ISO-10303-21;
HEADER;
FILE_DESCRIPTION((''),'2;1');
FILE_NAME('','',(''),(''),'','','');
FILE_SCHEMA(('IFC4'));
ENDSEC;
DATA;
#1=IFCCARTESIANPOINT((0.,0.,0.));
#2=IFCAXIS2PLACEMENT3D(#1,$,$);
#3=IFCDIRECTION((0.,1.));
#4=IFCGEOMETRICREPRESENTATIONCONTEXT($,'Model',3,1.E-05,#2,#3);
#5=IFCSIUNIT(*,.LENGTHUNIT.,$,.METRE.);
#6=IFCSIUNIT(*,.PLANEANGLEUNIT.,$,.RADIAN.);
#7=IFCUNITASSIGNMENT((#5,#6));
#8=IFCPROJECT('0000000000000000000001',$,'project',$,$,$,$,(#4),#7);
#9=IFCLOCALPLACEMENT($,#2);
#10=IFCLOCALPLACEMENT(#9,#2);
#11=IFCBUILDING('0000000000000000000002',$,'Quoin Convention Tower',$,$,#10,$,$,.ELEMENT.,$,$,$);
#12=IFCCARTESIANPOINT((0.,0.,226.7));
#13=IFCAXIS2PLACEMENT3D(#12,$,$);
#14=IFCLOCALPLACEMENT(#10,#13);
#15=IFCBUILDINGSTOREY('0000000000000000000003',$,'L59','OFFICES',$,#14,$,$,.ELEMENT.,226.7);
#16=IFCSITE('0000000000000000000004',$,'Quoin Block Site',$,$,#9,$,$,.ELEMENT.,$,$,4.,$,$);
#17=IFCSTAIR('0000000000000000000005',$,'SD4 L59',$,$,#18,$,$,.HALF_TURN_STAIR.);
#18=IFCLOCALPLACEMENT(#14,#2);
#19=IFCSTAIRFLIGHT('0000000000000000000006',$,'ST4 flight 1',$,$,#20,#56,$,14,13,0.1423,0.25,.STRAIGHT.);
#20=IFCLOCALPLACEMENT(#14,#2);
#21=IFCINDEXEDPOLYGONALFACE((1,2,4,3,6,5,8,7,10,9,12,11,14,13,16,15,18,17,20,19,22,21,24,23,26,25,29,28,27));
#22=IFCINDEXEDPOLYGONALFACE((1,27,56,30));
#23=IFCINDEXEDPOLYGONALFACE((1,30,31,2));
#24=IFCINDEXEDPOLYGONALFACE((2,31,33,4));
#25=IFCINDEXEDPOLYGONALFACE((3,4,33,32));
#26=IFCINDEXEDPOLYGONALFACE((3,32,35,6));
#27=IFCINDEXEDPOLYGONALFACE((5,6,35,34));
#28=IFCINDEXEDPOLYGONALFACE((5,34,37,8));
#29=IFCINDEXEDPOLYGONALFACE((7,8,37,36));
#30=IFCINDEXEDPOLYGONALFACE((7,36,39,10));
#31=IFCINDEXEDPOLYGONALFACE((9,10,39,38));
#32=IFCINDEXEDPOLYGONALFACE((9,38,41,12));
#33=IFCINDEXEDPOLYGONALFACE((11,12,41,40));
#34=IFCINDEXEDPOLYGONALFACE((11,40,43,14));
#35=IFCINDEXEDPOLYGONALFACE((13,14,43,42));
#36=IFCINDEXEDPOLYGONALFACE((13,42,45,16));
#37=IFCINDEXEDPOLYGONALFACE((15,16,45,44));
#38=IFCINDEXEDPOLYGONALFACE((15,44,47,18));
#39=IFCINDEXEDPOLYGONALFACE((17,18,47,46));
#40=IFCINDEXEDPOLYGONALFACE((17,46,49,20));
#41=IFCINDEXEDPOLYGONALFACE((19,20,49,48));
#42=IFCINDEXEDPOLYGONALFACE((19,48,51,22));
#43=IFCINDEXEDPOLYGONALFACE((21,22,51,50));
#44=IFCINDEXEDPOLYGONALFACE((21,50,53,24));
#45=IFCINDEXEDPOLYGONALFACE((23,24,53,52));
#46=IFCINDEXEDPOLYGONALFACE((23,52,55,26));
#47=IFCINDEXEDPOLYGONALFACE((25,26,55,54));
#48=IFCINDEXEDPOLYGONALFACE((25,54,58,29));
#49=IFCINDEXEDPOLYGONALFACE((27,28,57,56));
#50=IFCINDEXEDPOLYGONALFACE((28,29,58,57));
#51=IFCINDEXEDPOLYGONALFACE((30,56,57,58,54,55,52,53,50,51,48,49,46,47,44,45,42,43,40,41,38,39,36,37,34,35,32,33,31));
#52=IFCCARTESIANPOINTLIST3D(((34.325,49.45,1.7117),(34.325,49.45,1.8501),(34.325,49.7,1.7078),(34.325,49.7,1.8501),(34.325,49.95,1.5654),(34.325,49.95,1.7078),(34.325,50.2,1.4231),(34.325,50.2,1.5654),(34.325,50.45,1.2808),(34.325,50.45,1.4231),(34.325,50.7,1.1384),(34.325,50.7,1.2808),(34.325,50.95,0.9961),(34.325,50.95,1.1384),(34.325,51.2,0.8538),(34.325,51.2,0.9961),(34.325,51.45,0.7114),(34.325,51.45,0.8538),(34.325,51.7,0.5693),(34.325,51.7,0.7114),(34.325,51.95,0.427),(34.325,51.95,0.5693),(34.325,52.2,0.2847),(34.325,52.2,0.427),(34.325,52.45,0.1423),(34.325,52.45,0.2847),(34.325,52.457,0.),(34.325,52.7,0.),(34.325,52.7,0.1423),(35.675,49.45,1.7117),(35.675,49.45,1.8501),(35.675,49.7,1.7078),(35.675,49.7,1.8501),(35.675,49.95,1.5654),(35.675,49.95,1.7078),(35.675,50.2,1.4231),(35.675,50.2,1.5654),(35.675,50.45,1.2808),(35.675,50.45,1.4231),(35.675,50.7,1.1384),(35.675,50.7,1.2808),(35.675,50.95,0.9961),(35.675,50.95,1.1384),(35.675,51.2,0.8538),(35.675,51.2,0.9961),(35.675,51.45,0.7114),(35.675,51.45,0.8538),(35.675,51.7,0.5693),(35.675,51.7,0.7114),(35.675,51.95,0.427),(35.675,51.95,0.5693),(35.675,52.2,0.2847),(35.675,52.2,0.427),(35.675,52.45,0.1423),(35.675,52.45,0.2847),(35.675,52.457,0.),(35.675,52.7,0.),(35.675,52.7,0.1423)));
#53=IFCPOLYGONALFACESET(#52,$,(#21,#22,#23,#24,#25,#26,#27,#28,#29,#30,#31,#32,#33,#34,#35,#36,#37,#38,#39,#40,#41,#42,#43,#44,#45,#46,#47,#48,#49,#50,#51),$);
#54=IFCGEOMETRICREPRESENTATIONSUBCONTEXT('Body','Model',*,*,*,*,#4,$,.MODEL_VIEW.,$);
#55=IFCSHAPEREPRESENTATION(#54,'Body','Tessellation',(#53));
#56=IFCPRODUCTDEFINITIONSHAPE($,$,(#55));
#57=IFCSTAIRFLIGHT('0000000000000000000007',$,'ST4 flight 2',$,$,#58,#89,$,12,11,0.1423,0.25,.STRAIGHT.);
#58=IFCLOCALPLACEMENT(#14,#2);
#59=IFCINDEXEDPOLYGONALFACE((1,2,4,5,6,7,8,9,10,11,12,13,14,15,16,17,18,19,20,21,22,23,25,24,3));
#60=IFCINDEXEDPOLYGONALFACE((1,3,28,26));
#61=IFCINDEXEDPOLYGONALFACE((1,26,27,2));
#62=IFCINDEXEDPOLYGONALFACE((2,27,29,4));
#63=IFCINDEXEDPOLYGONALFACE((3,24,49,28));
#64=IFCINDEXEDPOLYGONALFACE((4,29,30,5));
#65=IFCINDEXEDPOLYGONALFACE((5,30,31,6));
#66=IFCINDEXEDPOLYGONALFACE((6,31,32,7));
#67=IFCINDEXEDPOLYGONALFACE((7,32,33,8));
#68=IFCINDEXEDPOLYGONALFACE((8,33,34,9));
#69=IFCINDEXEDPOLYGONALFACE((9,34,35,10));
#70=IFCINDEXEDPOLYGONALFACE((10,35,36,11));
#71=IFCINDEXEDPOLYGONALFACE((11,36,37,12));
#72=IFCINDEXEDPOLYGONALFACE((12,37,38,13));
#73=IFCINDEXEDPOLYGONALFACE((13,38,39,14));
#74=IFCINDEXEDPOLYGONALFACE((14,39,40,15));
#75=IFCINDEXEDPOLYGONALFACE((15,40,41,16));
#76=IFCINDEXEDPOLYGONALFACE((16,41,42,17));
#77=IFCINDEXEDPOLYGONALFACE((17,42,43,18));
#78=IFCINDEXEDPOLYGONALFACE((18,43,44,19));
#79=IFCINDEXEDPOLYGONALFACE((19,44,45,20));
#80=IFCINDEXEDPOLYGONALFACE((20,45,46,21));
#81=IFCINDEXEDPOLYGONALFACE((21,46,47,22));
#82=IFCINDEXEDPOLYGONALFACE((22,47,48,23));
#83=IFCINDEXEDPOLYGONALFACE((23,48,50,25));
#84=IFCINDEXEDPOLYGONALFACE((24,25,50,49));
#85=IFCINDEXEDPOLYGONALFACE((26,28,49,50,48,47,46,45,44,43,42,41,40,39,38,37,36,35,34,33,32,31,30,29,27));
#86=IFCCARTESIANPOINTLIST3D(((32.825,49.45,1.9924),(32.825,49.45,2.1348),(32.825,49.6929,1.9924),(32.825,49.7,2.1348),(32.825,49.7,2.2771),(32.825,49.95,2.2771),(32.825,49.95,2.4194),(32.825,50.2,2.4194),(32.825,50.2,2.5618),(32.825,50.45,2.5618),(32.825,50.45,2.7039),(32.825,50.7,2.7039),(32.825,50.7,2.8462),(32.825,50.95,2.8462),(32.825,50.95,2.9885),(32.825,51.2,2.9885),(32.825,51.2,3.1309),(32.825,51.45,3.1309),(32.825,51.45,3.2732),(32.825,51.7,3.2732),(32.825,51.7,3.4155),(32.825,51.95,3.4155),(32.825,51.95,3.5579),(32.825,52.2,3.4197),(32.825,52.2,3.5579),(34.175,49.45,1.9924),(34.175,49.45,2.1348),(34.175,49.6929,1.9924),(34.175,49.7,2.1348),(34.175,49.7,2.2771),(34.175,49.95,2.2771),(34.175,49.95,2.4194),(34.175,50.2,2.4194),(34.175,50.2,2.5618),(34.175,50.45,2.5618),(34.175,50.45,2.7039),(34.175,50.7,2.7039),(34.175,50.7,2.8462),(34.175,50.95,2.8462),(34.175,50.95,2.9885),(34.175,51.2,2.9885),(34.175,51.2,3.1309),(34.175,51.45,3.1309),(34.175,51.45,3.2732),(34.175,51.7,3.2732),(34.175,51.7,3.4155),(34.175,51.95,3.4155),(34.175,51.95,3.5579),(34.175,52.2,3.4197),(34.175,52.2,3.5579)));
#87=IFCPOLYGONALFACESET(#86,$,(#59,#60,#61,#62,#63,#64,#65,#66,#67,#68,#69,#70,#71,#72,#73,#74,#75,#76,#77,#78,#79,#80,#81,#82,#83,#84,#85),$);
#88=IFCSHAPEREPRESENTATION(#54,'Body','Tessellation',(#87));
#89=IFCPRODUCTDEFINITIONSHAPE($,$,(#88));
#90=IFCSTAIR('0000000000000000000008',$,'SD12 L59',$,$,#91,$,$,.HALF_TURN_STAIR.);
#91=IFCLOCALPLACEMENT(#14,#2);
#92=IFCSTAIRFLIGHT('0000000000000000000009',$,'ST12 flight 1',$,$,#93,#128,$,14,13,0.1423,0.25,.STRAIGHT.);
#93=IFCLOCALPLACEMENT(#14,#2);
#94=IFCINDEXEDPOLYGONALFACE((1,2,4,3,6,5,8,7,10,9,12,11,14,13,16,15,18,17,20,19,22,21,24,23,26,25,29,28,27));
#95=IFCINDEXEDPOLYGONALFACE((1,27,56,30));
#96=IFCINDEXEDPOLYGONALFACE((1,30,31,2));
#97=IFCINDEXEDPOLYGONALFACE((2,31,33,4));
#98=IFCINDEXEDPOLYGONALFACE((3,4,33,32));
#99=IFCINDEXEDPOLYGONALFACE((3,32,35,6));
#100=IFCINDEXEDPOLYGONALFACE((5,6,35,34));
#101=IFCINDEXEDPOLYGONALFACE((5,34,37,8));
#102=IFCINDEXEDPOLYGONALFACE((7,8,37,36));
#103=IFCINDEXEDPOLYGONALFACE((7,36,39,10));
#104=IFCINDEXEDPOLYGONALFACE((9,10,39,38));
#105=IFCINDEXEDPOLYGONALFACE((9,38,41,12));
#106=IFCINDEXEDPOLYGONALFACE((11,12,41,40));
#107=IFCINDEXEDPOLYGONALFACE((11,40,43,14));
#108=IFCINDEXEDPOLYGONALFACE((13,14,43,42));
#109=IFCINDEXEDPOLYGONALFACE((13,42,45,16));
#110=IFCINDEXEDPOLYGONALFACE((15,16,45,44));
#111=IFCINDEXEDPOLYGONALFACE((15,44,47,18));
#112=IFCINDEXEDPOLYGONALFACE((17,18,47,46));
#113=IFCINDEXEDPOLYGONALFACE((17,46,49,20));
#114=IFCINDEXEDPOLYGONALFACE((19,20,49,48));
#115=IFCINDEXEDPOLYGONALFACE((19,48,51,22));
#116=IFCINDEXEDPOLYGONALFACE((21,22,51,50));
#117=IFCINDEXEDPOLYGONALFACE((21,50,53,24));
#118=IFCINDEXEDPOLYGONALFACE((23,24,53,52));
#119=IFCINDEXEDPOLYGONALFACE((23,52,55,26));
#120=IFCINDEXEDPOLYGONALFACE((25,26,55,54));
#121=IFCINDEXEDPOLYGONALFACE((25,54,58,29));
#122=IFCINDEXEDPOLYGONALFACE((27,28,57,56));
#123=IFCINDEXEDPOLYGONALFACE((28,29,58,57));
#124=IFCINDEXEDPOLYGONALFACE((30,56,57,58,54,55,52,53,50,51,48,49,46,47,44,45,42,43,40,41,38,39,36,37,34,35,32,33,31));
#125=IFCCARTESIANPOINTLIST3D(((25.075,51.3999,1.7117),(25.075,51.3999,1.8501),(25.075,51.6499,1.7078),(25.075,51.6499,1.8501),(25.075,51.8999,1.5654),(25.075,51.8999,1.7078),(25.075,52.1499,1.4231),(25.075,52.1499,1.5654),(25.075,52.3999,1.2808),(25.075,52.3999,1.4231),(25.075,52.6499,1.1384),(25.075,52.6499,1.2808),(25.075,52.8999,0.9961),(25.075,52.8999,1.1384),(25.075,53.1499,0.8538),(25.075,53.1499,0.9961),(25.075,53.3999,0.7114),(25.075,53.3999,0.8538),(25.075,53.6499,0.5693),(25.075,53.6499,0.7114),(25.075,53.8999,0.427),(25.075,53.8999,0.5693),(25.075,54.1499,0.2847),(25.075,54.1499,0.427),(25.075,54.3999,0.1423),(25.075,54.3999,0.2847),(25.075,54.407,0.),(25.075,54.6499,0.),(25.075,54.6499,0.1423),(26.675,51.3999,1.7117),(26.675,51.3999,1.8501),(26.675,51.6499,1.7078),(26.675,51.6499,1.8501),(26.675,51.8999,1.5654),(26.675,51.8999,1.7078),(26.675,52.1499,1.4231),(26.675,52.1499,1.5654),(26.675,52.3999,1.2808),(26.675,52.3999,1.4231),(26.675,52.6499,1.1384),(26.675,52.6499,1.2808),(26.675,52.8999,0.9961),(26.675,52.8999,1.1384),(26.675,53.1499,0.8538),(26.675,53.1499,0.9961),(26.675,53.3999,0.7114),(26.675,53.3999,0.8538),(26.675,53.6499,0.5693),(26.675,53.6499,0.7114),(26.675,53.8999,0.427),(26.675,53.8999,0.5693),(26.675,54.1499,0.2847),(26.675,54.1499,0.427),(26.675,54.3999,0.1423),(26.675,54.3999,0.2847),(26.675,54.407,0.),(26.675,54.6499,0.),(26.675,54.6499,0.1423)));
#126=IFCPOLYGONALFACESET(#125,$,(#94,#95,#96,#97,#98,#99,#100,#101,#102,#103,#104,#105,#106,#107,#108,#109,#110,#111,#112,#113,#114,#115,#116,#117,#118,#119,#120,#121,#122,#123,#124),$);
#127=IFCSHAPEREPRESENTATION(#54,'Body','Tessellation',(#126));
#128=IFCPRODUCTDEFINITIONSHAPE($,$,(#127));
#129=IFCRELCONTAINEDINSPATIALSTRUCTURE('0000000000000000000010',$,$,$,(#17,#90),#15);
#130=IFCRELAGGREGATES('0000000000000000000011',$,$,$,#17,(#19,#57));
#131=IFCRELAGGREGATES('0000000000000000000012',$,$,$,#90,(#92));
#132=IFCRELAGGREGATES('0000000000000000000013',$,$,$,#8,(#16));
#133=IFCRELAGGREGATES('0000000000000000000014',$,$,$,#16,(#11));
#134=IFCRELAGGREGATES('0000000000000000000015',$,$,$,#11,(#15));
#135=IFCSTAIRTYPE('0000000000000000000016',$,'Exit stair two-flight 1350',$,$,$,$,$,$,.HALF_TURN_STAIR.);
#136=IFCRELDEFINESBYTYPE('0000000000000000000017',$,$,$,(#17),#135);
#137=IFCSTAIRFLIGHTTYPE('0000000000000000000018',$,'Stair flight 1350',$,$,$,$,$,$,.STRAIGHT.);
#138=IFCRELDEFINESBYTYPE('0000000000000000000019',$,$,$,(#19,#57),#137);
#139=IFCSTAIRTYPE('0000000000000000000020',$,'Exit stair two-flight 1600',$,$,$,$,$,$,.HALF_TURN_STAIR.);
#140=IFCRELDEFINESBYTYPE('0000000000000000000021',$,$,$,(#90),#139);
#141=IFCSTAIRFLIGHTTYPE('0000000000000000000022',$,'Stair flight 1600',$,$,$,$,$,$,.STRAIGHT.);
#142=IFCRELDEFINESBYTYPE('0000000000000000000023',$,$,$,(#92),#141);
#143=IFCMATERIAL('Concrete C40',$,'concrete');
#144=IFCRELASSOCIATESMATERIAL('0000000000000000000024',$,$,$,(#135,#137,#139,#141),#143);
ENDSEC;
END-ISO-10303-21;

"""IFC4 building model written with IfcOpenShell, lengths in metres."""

from ifc_helpers import new_model, si_unit, direction, frame, origin, place, context, subcontext, project, spatial, polyline, outline, extrude, material, type_object, element, aggregate, save


model = new_model("IFC4")

# Units and contexts
model_context = context("Model", 3, precision=1e-05, world=origin(), true_north=direction((0.0, 1.0)))
body_context = subcontext(model_context, "Body", "Model", "MODEL_VIEW")
ifc_project = project(units=[si_unit("LENGTHUNIT", "METRE"), si_unit("PLANEANGLEUNIT", "RADIAN")], contexts=[model_context])

# Site, building, storey
site_placement = place(None, origin())
site = spatial("IfcSite", under=ifc_project, at=site_placement, Name="Quoin Block Site", CompositionType="ELEMENT", RefElevation=4.0)
building_placement = place(site_placement, origin())
building = spatial("IfcBuilding", under=site, at=building_placement, Name="Quoin Convention Tower", CompositionType="ELEMENT")
storey_placement = place(building_placement, frame((0.0, 0.0, 226.7)))
storey = spatial("IfcBuildingStorey", under=building, at=storey_placement, Name="L59", Description="OFFICES", CompositionType="ELEMENT", Elevation=226.7)

# Shared definitions
ifc_material_1 = material(Name="Concrete C40", Category="concrete")
stair_type_1 = type_object("IfcStairType", Name="Exit stair two-flight 1350", PredefinedType="HALF_TURN_STAIR", material=ifc_material_1)
stair_flight_type_1 = type_object("IfcStairFlightType", Name="Stair flight 1350", PredefinedType="STRAIGHT", material=ifc_material_1)

# Stair, stair flights
stair_1_placement = place(storey_placement, origin())
stair_1 = element("IfcStair", 1, at=stair_1_placement, inside=storey, type_object=stair_type_1, Name="SD4 L59", PredefinedType="HALF_TURN_STAIR")
stair_flight_1_placement = place(storey_placement, frame((35.0, 52.7, 0.0), z_axis=(0.0, 0.0, 1.0), x_axis=(0.0, -1.0, 0.0)))
stair_flight_1 = element("IfcStairFlight", 2, at=stair_flight_1_placement, type_object=stair_flight_type_1, Name="ST4 flight 1", NumberOfRisers=14, NumberOfTreads=13, PredefinedType="STRAIGHT", RiserHeight=0.1423, TreadLength=0.25, context=body_context, shape_type="SweptSolid", body=[
    extrude(outline(polyline([(0.0, 0.0), (0.0, 0.1423), (0.25, 0.1423), (0.25, 0.2847), (0.5, 0.2847), (0.5, 0.427), (0.75, 0.427), (0.75, 0.5693), (1.0, 0.5693), (1.0, 0.7114), (1.25, 0.7114), (1.25, 0.8538), (1.5, 0.8538), (1.5, 0.9961), (1.75, 0.9961), (1.75, 1.1384), (2.0, 1.1384), (2.0, 1.2808), (2.25, 1.2808), (2.25, 1.4231), (2.5, 1.4231), (2.5, 1.5654), (2.75, 1.5654), (2.75, 1.7078), (3.0, 1.7078), (3.0, 1.8501), (3.25, 1.8501), (3.25, 1.9922), (3.25, 1.7117), (0.2429, 0.0), (0.0, 0.0)])), frame((0.0, 0.675, 0.0), z_axis=(0.0, -1.0, 0.0), x_axis=(1.0, 0.0, 0.0)), (0.0, 0.0, 1.0), 1.3501),
])
stair_flight_2_placement = place(storey_placement, frame((33.5, 49.45, 1.9924), z_axis=(0.0, 0.0, 1.0), x_axis=(0.0, 1.0, 0.0)))
stair_flight_2 = element("IfcStairFlight", 3, at=stair_flight_2_placement, type_object=stair_flight_type_1, Name="ST4 flight 2", NumberOfRisers=12, NumberOfTreads=11, PredefinedType="STRAIGHT", RiserHeight=0.1423, TreadLength=0.25, context=body_context, shape_type="SweptSolid", body=[
    extrude(outline(polyline([(0.0, 0.0), (0.0, 0.1423), (0.25, 0.1423), (0.25, 0.2847), (0.5, 0.2847), (0.5, 0.427), (0.75, 0.427), (0.75, 0.5693), (1.0, 0.5693), (1.0, 0.7114), (1.25, 0.7114), (1.25, 0.8538), (1.5, 0.8538), (1.5, 0.9961), (1.75, 0.9961), (1.75, 1.1384), (2.0, 1.1384), (2.0, 1.2808), (2.25, 1.2808), (2.25, 1.4231), (2.5, 1.4231), (2.5, 1.5654), (2.75, 1.5654), (2.75, 1.7078), (2.75, 1.4272), (0.2429, 0.0), (0.0, 0.0)])), frame((0.0, 0.675, 0.0), z_axis=(0.0, -1.0, 0.0), x_axis=(1.0, 0.0, 0.0)), (0.0, 0.0, 1.0), 1.3501),
])
aggregate(stair_1, [stair_flight_1, stair_flight_2])

# Stair, stair flight
stair_type_2 = type_object("IfcStairType", Name="Exit stair two-flight 1600", PredefinedType="HALF_TURN_STAIR", material=ifc_material_1)
stair_2_placement = place(storey_placement, origin())
stair_2 = element("IfcStair", 4, at=stair_2_placement, inside=storey, type_object=stair_type_2, Name="SD12 L59", PredefinedType="HALF_TURN_STAIR")
stair_flight_type_2 = type_object("IfcStairFlightType", Name="Stair flight 1600", PredefinedType="STRAIGHT", material=ifc_material_1)
stair_flight_3_placement = place(storey_placement, frame((25.875, 54.6499, 0.0), z_axis=(0.0, 0.0, 1.0), x_axis=(0.0, -1.0, 0.0)))
stair_flight_3 = element("IfcStairFlight", 5, at=stair_flight_3_placement, type_object=stair_flight_type_2, Name="ST12 flight 1", NumberOfRisers=14, NumberOfTreads=13, PredefinedType="STRAIGHT", RiserHeight=0.1423, TreadLength=0.25, context=body_context, shape_type="SweptSolid", body=[
    extrude(outline(polyline([(0.0, 0.0), (0.0, 0.1423), (0.25, 0.1423), (0.25, 0.2847), (0.5, 0.2847), (0.5, 0.427), (0.75, 0.427), (0.75, 0.5693), (1.0, 0.5693), (1.0, 0.7114), (1.25, 0.7114), (1.25, 0.8538), (1.5, 0.8538), (1.5, 0.9961), (1.75, 0.9961), (1.75, 1.1384), (2.0, 1.1384), (2.0, 1.2808), (2.25, 1.2808), (2.25, 1.4231), (2.5, 1.4231), (2.5, 1.5654), (2.75, 1.5654), (2.75, 1.7078), (3.0, 1.7078), (3.0, 1.8501), (3.25, 1.8501), (3.25, 1.9922), (3.25, 1.7117), (0.2429, 0.0), (0.0, 0.0)])), frame((0.0, 0.8, 0.0), z_axis=(0.0, -1.0, 0.0), x_axis=(1.0, 0.0, 0.0)), (0.0, 0.0, 1.0), 1.6001),
])
aggregate(stair_2, [stair_flight_3])

save(model, "model.ifc")
